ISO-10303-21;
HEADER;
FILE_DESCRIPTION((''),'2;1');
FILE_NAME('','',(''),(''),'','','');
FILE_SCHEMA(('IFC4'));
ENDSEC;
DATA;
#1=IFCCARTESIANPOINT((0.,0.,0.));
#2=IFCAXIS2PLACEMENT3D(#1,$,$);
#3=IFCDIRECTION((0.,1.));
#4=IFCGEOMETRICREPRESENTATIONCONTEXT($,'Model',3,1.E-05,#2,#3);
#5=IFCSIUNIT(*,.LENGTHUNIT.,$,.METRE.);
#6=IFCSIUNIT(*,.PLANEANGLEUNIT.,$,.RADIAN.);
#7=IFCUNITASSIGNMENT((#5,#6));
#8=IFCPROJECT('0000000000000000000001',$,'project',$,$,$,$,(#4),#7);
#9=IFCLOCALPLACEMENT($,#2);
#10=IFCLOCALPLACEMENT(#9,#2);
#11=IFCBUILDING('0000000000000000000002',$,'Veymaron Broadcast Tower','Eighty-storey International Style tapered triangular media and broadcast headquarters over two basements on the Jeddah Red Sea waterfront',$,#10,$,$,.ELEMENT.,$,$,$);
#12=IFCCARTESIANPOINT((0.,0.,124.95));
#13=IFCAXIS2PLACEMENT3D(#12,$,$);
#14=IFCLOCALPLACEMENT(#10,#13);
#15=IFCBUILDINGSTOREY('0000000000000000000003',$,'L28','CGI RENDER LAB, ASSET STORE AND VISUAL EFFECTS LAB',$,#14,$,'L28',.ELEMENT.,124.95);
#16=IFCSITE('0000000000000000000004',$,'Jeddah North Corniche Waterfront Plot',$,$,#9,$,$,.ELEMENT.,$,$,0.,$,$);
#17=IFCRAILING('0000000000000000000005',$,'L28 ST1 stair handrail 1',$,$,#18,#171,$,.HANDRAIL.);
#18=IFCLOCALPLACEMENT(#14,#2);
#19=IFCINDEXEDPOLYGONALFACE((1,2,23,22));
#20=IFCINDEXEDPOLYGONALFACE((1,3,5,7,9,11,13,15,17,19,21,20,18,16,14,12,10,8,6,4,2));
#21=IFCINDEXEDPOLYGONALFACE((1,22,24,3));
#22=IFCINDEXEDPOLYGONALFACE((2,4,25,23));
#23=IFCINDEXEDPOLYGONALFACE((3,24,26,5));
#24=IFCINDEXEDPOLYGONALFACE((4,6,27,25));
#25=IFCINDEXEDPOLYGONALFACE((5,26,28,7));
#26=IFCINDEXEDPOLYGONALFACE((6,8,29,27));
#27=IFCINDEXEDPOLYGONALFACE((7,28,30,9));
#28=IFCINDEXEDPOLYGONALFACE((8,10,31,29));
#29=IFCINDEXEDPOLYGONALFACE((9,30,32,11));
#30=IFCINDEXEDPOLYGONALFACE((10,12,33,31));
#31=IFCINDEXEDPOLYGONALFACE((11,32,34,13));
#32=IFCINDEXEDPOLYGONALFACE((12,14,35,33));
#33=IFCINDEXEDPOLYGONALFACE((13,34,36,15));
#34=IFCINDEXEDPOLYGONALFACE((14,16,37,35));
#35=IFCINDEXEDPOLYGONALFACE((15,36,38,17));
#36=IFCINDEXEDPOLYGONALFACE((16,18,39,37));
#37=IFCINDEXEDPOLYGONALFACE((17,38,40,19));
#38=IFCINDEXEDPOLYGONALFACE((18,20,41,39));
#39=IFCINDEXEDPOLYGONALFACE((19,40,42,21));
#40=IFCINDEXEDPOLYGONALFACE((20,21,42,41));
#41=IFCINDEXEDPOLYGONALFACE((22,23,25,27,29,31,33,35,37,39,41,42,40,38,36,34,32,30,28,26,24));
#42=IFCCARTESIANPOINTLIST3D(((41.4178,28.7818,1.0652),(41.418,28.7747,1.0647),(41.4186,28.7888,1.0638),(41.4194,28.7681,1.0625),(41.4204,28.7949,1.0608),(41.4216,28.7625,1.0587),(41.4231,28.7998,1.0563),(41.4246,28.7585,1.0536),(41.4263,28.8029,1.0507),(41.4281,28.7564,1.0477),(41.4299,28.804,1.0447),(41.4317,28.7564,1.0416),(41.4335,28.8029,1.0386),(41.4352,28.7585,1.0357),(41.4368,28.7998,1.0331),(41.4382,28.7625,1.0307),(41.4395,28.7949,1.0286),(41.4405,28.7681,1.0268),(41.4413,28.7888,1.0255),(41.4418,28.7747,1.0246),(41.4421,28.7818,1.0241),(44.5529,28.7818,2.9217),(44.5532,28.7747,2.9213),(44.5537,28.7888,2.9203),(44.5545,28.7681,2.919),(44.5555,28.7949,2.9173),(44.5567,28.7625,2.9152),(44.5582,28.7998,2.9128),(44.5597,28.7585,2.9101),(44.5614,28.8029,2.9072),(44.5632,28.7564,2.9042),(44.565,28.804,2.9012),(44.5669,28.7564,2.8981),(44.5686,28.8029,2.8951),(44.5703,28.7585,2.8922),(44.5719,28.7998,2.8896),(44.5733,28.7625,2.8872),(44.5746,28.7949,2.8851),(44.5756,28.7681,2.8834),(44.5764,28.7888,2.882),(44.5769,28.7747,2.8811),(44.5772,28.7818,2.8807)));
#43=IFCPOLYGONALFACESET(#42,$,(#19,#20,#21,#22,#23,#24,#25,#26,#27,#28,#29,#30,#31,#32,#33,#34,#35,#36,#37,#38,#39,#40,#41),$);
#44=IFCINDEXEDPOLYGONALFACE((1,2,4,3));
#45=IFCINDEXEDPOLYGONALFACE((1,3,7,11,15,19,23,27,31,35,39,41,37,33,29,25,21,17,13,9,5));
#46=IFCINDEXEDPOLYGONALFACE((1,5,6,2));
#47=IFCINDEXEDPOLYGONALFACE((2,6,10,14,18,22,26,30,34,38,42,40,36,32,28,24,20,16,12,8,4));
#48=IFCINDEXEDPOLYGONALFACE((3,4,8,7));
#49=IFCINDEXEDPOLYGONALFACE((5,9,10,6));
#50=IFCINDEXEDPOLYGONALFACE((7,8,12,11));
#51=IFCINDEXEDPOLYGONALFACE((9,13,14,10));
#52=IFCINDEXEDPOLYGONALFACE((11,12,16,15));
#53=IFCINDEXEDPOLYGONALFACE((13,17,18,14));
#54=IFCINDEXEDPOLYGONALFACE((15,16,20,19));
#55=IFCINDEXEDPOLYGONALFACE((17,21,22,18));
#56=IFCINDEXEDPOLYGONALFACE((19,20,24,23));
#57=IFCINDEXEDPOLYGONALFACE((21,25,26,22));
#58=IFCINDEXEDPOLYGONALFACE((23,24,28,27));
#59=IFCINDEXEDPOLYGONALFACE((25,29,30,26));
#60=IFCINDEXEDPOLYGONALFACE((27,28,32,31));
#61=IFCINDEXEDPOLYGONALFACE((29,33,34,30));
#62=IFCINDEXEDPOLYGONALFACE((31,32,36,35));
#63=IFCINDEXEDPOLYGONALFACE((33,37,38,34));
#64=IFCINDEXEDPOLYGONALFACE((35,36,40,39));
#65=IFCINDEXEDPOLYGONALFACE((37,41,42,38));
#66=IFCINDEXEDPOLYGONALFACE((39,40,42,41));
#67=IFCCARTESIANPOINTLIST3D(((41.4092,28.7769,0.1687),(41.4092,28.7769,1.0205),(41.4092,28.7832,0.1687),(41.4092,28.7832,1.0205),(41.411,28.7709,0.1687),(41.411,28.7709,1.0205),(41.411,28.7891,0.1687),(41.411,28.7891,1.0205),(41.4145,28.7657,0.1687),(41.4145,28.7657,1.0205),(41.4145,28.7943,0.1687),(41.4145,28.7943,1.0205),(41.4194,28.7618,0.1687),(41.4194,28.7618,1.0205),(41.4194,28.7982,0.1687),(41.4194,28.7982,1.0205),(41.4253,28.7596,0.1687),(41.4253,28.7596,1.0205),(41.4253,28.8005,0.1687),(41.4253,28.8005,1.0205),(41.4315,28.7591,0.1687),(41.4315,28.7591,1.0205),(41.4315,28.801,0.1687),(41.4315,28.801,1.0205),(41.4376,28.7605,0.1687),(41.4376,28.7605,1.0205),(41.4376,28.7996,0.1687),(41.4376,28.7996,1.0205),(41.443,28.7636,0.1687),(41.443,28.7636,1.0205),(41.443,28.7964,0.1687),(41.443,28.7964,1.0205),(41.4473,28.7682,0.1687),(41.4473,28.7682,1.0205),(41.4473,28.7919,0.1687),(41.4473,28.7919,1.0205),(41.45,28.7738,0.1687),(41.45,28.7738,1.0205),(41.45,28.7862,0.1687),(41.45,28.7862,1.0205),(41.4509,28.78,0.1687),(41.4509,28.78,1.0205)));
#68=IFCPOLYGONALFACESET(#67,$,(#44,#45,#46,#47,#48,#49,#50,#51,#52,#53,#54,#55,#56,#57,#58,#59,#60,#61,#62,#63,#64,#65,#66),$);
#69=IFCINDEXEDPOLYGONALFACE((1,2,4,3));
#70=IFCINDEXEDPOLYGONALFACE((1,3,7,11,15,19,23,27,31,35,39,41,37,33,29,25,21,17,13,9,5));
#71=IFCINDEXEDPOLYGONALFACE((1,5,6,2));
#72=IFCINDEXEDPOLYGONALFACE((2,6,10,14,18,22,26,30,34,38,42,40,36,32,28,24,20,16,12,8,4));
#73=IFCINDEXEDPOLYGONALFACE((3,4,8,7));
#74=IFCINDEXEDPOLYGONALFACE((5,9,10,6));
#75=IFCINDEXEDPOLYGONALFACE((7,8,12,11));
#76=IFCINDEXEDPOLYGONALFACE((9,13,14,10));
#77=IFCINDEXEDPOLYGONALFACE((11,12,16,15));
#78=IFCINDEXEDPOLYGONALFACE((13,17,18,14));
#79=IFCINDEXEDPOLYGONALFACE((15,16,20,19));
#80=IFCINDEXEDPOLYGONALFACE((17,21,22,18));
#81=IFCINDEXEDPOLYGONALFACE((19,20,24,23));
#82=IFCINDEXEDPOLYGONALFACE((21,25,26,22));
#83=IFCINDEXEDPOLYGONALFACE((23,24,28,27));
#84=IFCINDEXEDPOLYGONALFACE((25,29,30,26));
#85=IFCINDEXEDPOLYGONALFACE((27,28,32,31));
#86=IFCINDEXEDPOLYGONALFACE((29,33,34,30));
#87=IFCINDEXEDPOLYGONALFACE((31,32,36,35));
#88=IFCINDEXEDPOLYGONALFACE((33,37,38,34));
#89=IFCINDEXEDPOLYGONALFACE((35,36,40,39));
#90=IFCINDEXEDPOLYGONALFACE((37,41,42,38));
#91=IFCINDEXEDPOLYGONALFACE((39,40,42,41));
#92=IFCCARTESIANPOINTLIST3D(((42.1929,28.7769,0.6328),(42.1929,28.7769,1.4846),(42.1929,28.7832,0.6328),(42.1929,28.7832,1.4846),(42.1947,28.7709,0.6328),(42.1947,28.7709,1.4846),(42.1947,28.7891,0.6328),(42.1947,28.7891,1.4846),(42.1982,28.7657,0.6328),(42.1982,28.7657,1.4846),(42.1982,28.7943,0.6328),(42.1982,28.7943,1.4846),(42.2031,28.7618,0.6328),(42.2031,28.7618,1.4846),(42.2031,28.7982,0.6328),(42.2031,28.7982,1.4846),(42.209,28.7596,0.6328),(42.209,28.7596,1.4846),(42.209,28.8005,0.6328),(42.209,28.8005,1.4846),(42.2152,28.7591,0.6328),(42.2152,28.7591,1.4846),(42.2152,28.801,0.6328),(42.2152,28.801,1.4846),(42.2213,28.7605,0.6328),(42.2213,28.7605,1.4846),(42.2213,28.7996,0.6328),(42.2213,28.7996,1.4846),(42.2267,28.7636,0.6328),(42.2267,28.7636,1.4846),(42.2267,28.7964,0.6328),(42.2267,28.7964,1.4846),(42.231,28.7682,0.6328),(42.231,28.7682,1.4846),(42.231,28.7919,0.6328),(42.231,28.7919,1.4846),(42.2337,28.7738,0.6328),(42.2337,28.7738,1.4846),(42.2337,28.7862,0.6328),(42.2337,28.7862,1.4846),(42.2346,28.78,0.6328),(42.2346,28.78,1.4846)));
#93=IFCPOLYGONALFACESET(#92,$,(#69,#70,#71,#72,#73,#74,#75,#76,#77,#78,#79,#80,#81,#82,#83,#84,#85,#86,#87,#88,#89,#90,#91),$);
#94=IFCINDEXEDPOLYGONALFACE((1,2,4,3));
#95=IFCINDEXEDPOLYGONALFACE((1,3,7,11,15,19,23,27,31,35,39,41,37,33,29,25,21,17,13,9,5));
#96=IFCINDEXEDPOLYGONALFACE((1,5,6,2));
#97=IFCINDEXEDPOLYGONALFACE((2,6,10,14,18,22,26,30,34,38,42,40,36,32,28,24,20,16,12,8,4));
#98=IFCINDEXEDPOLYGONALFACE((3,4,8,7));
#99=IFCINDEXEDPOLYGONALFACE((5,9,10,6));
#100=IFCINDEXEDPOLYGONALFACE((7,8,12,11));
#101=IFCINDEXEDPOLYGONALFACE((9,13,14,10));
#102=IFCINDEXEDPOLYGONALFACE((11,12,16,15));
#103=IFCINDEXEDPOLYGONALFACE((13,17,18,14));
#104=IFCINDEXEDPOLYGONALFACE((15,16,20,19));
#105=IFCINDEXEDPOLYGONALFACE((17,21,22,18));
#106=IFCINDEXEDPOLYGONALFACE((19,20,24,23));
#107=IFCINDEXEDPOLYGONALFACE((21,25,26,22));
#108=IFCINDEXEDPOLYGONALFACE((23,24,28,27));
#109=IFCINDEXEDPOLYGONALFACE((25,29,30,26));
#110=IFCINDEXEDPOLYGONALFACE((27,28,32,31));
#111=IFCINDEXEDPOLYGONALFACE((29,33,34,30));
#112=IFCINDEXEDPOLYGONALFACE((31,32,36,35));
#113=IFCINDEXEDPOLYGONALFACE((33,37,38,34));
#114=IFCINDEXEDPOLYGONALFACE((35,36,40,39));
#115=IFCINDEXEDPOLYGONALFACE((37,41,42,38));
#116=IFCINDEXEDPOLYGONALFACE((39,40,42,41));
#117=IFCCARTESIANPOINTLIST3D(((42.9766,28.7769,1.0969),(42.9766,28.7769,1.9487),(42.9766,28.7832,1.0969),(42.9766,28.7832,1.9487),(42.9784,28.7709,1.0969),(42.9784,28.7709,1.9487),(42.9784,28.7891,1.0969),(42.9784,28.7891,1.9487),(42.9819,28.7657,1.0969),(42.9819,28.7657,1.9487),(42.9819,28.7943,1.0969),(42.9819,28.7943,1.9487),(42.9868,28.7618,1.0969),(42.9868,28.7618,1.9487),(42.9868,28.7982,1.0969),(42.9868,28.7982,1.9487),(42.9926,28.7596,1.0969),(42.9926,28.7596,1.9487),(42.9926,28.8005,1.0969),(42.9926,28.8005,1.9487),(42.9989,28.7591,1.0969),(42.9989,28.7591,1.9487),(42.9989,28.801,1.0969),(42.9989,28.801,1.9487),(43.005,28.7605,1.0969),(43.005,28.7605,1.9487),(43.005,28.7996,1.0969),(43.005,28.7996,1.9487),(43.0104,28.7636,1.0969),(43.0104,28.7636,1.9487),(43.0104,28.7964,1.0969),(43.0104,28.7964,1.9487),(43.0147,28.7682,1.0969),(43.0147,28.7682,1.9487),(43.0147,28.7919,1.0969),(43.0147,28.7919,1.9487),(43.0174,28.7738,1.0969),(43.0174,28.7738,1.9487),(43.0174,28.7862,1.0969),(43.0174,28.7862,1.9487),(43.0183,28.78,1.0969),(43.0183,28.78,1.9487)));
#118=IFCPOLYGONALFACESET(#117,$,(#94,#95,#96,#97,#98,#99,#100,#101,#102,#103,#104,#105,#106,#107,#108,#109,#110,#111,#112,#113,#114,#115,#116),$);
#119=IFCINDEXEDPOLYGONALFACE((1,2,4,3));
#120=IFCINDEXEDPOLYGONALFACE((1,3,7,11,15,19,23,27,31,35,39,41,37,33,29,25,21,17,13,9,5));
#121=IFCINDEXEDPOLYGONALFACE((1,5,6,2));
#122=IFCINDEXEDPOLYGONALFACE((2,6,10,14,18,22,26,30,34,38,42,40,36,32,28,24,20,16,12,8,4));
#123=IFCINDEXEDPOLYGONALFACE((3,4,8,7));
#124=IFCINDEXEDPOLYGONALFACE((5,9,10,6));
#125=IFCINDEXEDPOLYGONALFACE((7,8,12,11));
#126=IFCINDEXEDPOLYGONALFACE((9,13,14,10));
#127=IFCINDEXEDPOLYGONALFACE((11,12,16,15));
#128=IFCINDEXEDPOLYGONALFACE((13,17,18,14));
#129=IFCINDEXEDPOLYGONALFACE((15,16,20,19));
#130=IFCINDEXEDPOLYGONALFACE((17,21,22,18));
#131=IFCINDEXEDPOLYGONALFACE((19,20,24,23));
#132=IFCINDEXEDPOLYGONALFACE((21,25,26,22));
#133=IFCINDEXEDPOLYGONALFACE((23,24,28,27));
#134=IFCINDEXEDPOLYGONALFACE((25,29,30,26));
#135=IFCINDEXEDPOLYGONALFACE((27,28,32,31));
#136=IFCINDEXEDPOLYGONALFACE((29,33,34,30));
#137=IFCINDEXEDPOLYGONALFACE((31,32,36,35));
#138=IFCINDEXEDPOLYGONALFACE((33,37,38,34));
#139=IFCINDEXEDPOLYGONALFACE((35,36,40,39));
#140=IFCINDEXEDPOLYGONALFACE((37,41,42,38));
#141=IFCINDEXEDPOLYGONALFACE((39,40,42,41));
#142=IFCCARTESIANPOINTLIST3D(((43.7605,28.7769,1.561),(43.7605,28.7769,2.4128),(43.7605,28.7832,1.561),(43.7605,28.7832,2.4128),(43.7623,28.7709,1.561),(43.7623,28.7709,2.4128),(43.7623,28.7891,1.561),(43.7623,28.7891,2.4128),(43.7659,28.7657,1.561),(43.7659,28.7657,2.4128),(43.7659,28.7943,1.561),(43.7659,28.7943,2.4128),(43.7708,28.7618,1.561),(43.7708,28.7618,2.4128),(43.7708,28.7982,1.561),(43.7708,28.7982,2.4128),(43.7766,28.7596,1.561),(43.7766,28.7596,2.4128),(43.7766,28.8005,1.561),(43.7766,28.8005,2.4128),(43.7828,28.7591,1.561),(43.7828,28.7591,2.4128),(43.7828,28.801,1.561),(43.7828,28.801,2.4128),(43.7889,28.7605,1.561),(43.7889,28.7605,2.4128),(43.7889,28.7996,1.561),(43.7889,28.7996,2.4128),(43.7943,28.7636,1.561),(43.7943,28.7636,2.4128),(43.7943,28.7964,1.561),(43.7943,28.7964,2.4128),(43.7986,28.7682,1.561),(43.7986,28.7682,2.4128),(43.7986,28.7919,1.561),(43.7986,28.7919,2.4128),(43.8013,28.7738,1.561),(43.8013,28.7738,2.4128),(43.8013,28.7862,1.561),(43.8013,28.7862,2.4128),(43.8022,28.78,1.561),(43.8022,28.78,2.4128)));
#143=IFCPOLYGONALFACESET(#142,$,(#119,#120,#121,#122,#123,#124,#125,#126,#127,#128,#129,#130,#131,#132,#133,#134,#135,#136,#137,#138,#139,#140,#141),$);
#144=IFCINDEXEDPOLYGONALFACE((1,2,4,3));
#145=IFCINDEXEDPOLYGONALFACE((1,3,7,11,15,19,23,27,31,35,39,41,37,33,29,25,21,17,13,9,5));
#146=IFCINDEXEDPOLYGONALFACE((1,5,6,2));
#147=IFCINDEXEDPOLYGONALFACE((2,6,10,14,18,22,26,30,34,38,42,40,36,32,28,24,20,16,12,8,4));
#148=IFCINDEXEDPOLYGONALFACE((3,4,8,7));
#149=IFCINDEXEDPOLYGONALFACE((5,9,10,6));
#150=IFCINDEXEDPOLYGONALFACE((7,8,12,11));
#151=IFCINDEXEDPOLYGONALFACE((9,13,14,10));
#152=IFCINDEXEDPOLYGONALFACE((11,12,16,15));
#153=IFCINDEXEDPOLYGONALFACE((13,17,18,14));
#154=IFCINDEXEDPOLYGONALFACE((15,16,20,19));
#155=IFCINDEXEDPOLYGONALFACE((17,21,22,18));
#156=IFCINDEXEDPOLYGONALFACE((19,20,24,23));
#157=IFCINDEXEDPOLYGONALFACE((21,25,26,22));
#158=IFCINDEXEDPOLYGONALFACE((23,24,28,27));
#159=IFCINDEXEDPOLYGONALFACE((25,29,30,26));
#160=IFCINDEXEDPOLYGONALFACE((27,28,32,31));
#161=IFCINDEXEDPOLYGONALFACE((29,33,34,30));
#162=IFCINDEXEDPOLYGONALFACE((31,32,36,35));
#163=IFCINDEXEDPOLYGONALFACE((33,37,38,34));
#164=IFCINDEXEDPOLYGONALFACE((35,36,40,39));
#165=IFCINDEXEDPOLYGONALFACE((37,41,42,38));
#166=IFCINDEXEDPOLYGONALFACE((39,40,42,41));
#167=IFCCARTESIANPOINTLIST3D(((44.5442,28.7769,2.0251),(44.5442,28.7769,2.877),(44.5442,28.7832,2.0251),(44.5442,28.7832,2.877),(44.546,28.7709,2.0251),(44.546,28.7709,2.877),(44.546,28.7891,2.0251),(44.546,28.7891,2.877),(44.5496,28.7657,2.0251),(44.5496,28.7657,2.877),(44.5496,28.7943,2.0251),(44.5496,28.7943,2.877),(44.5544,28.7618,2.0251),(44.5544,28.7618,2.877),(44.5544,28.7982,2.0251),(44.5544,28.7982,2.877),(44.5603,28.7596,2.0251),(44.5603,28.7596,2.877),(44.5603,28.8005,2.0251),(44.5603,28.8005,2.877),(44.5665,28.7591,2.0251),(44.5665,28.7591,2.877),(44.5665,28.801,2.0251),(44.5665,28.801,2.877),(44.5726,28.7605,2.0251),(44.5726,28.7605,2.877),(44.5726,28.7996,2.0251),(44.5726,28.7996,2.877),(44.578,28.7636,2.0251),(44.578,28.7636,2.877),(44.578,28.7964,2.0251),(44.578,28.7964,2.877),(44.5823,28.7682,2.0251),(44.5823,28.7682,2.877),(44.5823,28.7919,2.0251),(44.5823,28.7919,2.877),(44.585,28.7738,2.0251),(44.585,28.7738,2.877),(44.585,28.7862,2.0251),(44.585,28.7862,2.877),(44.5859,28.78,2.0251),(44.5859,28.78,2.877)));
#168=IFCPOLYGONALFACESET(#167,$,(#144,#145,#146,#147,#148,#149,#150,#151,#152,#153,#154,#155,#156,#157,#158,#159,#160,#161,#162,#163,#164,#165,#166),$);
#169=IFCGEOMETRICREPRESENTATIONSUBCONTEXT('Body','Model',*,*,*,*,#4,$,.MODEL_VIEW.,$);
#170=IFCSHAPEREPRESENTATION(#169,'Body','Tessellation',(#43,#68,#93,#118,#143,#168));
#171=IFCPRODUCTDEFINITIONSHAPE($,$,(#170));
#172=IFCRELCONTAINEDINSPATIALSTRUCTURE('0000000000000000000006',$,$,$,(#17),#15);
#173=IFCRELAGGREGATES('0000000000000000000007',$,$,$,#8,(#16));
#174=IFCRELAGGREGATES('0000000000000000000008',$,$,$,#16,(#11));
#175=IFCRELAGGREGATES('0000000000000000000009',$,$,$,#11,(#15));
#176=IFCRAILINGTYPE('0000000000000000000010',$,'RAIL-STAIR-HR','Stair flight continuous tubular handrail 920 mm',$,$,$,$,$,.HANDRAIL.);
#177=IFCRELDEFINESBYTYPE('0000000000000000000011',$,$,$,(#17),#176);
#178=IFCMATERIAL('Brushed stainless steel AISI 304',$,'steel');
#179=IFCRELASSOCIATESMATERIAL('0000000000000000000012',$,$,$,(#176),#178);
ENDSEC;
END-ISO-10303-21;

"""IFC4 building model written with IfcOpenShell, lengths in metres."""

from ifc_helpers import new_model, si_unit, direction, frame, origin, origin_2d, place, context, subcontext, project, spatial, circle, extrude, material, type_object, element, save


model = new_model("IFC4")

# Units and contexts
model_context = context("Model", 3, precision=1e-05, world=origin(), true_north=direction((0.0, 1.0)))
body_context = subcontext(model_context, "Body", "Model", "MODEL_VIEW")
ifc_project = project(units=[si_unit("LENGTHUNIT", "METRE"), si_unit("PLANEANGLEUNIT", "RADIAN")], contexts=[model_context])

# Site, building, storey
site_placement = place(None, origin())
site = spatial("IfcSite", under=ifc_project, at=site_placement, Name="Jeddah North Corniche Waterfront Plot", CompositionType="ELEMENT", RefElevation=0.0)
building_placement = place(site_placement, origin())
building = spatial("IfcBuilding", under=site, at=building_placement, Name="Veymaron Broadcast Tower", Description="Eighty-storey International Style tapered triangular media and broadcast headquarters over two basements on the Jeddah Red Sea waterfront", CompositionType="ELEMENT")
storey_placement = place(building_placement, frame((0.0, 0.0, 124.95)))
storey = spatial("IfcBuildingStorey", under=building, at=storey_placement, Name="L28", Description="CGI RENDER LAB, ASSET STORE AND VISUAL EFFECTS LAB", LongName="L28", CompositionType="ELEMENT", Elevation=124.95)

# Railing
ifc_material_1 = material(Name="Brushed stainless steel AISI 304", Category="steel")
railing_type_1 = type_object("IfcRailingType", Name="RAIL-STAIR-HR", Description="Stair flight continuous tubular handrail 920 mm", PredefinedType="HANDRAIL", material=ifc_material_1)
railing_1_placement = place(storey_placement, frame((41.4299, 28.78, 0.1687)))
element("IfcRailing", 1, at=railing_1_placement, inside=storey, type_object=railing_type_1, Name="L28 ST1 stair handrail 1", PredefinedType="HANDRAIL", context=body_context, shape_type="SweptSolid", body=[
    extrude(circle(Radius=0.0239, at=origin_2d()), frame((0.0, 0.0, 0.876), z_axis=(0.860453, 0.0, 0.509531), x_axis=(0.0, 1.0, 0.0)), (0.0, 0.0, 1.0), 3.6436),
    extrude(circle(Radius=0.021, at=origin_2d()), origin(), (0.0, 0.0, 1.0), 0.8518),
    extrude(circle(Radius=0.021, at=origin_2d()), frame((0.7837, 0.0, 0.4641)), (0.0, 0.0, 1.0), 0.8518),
    extrude(circle(Radius=0.021, at=origin_2d()), frame((1.5674, 0.0, 0.9282)), (0.0, 0.0, 1.0), 0.8518),
    extrude(circle(Radius=0.021, at=origin_2d()), frame((2.3513, 0.0, 1.3923)), (0.0, 0.0, 1.0), 0.8518),
    extrude(circle(Radius=0.021, at=origin_2d()), frame((3.135, 0.0, 1.8564)), (0.0, 0.0, 1.0), 0.8518),
])

save(model, "model.ifc")
